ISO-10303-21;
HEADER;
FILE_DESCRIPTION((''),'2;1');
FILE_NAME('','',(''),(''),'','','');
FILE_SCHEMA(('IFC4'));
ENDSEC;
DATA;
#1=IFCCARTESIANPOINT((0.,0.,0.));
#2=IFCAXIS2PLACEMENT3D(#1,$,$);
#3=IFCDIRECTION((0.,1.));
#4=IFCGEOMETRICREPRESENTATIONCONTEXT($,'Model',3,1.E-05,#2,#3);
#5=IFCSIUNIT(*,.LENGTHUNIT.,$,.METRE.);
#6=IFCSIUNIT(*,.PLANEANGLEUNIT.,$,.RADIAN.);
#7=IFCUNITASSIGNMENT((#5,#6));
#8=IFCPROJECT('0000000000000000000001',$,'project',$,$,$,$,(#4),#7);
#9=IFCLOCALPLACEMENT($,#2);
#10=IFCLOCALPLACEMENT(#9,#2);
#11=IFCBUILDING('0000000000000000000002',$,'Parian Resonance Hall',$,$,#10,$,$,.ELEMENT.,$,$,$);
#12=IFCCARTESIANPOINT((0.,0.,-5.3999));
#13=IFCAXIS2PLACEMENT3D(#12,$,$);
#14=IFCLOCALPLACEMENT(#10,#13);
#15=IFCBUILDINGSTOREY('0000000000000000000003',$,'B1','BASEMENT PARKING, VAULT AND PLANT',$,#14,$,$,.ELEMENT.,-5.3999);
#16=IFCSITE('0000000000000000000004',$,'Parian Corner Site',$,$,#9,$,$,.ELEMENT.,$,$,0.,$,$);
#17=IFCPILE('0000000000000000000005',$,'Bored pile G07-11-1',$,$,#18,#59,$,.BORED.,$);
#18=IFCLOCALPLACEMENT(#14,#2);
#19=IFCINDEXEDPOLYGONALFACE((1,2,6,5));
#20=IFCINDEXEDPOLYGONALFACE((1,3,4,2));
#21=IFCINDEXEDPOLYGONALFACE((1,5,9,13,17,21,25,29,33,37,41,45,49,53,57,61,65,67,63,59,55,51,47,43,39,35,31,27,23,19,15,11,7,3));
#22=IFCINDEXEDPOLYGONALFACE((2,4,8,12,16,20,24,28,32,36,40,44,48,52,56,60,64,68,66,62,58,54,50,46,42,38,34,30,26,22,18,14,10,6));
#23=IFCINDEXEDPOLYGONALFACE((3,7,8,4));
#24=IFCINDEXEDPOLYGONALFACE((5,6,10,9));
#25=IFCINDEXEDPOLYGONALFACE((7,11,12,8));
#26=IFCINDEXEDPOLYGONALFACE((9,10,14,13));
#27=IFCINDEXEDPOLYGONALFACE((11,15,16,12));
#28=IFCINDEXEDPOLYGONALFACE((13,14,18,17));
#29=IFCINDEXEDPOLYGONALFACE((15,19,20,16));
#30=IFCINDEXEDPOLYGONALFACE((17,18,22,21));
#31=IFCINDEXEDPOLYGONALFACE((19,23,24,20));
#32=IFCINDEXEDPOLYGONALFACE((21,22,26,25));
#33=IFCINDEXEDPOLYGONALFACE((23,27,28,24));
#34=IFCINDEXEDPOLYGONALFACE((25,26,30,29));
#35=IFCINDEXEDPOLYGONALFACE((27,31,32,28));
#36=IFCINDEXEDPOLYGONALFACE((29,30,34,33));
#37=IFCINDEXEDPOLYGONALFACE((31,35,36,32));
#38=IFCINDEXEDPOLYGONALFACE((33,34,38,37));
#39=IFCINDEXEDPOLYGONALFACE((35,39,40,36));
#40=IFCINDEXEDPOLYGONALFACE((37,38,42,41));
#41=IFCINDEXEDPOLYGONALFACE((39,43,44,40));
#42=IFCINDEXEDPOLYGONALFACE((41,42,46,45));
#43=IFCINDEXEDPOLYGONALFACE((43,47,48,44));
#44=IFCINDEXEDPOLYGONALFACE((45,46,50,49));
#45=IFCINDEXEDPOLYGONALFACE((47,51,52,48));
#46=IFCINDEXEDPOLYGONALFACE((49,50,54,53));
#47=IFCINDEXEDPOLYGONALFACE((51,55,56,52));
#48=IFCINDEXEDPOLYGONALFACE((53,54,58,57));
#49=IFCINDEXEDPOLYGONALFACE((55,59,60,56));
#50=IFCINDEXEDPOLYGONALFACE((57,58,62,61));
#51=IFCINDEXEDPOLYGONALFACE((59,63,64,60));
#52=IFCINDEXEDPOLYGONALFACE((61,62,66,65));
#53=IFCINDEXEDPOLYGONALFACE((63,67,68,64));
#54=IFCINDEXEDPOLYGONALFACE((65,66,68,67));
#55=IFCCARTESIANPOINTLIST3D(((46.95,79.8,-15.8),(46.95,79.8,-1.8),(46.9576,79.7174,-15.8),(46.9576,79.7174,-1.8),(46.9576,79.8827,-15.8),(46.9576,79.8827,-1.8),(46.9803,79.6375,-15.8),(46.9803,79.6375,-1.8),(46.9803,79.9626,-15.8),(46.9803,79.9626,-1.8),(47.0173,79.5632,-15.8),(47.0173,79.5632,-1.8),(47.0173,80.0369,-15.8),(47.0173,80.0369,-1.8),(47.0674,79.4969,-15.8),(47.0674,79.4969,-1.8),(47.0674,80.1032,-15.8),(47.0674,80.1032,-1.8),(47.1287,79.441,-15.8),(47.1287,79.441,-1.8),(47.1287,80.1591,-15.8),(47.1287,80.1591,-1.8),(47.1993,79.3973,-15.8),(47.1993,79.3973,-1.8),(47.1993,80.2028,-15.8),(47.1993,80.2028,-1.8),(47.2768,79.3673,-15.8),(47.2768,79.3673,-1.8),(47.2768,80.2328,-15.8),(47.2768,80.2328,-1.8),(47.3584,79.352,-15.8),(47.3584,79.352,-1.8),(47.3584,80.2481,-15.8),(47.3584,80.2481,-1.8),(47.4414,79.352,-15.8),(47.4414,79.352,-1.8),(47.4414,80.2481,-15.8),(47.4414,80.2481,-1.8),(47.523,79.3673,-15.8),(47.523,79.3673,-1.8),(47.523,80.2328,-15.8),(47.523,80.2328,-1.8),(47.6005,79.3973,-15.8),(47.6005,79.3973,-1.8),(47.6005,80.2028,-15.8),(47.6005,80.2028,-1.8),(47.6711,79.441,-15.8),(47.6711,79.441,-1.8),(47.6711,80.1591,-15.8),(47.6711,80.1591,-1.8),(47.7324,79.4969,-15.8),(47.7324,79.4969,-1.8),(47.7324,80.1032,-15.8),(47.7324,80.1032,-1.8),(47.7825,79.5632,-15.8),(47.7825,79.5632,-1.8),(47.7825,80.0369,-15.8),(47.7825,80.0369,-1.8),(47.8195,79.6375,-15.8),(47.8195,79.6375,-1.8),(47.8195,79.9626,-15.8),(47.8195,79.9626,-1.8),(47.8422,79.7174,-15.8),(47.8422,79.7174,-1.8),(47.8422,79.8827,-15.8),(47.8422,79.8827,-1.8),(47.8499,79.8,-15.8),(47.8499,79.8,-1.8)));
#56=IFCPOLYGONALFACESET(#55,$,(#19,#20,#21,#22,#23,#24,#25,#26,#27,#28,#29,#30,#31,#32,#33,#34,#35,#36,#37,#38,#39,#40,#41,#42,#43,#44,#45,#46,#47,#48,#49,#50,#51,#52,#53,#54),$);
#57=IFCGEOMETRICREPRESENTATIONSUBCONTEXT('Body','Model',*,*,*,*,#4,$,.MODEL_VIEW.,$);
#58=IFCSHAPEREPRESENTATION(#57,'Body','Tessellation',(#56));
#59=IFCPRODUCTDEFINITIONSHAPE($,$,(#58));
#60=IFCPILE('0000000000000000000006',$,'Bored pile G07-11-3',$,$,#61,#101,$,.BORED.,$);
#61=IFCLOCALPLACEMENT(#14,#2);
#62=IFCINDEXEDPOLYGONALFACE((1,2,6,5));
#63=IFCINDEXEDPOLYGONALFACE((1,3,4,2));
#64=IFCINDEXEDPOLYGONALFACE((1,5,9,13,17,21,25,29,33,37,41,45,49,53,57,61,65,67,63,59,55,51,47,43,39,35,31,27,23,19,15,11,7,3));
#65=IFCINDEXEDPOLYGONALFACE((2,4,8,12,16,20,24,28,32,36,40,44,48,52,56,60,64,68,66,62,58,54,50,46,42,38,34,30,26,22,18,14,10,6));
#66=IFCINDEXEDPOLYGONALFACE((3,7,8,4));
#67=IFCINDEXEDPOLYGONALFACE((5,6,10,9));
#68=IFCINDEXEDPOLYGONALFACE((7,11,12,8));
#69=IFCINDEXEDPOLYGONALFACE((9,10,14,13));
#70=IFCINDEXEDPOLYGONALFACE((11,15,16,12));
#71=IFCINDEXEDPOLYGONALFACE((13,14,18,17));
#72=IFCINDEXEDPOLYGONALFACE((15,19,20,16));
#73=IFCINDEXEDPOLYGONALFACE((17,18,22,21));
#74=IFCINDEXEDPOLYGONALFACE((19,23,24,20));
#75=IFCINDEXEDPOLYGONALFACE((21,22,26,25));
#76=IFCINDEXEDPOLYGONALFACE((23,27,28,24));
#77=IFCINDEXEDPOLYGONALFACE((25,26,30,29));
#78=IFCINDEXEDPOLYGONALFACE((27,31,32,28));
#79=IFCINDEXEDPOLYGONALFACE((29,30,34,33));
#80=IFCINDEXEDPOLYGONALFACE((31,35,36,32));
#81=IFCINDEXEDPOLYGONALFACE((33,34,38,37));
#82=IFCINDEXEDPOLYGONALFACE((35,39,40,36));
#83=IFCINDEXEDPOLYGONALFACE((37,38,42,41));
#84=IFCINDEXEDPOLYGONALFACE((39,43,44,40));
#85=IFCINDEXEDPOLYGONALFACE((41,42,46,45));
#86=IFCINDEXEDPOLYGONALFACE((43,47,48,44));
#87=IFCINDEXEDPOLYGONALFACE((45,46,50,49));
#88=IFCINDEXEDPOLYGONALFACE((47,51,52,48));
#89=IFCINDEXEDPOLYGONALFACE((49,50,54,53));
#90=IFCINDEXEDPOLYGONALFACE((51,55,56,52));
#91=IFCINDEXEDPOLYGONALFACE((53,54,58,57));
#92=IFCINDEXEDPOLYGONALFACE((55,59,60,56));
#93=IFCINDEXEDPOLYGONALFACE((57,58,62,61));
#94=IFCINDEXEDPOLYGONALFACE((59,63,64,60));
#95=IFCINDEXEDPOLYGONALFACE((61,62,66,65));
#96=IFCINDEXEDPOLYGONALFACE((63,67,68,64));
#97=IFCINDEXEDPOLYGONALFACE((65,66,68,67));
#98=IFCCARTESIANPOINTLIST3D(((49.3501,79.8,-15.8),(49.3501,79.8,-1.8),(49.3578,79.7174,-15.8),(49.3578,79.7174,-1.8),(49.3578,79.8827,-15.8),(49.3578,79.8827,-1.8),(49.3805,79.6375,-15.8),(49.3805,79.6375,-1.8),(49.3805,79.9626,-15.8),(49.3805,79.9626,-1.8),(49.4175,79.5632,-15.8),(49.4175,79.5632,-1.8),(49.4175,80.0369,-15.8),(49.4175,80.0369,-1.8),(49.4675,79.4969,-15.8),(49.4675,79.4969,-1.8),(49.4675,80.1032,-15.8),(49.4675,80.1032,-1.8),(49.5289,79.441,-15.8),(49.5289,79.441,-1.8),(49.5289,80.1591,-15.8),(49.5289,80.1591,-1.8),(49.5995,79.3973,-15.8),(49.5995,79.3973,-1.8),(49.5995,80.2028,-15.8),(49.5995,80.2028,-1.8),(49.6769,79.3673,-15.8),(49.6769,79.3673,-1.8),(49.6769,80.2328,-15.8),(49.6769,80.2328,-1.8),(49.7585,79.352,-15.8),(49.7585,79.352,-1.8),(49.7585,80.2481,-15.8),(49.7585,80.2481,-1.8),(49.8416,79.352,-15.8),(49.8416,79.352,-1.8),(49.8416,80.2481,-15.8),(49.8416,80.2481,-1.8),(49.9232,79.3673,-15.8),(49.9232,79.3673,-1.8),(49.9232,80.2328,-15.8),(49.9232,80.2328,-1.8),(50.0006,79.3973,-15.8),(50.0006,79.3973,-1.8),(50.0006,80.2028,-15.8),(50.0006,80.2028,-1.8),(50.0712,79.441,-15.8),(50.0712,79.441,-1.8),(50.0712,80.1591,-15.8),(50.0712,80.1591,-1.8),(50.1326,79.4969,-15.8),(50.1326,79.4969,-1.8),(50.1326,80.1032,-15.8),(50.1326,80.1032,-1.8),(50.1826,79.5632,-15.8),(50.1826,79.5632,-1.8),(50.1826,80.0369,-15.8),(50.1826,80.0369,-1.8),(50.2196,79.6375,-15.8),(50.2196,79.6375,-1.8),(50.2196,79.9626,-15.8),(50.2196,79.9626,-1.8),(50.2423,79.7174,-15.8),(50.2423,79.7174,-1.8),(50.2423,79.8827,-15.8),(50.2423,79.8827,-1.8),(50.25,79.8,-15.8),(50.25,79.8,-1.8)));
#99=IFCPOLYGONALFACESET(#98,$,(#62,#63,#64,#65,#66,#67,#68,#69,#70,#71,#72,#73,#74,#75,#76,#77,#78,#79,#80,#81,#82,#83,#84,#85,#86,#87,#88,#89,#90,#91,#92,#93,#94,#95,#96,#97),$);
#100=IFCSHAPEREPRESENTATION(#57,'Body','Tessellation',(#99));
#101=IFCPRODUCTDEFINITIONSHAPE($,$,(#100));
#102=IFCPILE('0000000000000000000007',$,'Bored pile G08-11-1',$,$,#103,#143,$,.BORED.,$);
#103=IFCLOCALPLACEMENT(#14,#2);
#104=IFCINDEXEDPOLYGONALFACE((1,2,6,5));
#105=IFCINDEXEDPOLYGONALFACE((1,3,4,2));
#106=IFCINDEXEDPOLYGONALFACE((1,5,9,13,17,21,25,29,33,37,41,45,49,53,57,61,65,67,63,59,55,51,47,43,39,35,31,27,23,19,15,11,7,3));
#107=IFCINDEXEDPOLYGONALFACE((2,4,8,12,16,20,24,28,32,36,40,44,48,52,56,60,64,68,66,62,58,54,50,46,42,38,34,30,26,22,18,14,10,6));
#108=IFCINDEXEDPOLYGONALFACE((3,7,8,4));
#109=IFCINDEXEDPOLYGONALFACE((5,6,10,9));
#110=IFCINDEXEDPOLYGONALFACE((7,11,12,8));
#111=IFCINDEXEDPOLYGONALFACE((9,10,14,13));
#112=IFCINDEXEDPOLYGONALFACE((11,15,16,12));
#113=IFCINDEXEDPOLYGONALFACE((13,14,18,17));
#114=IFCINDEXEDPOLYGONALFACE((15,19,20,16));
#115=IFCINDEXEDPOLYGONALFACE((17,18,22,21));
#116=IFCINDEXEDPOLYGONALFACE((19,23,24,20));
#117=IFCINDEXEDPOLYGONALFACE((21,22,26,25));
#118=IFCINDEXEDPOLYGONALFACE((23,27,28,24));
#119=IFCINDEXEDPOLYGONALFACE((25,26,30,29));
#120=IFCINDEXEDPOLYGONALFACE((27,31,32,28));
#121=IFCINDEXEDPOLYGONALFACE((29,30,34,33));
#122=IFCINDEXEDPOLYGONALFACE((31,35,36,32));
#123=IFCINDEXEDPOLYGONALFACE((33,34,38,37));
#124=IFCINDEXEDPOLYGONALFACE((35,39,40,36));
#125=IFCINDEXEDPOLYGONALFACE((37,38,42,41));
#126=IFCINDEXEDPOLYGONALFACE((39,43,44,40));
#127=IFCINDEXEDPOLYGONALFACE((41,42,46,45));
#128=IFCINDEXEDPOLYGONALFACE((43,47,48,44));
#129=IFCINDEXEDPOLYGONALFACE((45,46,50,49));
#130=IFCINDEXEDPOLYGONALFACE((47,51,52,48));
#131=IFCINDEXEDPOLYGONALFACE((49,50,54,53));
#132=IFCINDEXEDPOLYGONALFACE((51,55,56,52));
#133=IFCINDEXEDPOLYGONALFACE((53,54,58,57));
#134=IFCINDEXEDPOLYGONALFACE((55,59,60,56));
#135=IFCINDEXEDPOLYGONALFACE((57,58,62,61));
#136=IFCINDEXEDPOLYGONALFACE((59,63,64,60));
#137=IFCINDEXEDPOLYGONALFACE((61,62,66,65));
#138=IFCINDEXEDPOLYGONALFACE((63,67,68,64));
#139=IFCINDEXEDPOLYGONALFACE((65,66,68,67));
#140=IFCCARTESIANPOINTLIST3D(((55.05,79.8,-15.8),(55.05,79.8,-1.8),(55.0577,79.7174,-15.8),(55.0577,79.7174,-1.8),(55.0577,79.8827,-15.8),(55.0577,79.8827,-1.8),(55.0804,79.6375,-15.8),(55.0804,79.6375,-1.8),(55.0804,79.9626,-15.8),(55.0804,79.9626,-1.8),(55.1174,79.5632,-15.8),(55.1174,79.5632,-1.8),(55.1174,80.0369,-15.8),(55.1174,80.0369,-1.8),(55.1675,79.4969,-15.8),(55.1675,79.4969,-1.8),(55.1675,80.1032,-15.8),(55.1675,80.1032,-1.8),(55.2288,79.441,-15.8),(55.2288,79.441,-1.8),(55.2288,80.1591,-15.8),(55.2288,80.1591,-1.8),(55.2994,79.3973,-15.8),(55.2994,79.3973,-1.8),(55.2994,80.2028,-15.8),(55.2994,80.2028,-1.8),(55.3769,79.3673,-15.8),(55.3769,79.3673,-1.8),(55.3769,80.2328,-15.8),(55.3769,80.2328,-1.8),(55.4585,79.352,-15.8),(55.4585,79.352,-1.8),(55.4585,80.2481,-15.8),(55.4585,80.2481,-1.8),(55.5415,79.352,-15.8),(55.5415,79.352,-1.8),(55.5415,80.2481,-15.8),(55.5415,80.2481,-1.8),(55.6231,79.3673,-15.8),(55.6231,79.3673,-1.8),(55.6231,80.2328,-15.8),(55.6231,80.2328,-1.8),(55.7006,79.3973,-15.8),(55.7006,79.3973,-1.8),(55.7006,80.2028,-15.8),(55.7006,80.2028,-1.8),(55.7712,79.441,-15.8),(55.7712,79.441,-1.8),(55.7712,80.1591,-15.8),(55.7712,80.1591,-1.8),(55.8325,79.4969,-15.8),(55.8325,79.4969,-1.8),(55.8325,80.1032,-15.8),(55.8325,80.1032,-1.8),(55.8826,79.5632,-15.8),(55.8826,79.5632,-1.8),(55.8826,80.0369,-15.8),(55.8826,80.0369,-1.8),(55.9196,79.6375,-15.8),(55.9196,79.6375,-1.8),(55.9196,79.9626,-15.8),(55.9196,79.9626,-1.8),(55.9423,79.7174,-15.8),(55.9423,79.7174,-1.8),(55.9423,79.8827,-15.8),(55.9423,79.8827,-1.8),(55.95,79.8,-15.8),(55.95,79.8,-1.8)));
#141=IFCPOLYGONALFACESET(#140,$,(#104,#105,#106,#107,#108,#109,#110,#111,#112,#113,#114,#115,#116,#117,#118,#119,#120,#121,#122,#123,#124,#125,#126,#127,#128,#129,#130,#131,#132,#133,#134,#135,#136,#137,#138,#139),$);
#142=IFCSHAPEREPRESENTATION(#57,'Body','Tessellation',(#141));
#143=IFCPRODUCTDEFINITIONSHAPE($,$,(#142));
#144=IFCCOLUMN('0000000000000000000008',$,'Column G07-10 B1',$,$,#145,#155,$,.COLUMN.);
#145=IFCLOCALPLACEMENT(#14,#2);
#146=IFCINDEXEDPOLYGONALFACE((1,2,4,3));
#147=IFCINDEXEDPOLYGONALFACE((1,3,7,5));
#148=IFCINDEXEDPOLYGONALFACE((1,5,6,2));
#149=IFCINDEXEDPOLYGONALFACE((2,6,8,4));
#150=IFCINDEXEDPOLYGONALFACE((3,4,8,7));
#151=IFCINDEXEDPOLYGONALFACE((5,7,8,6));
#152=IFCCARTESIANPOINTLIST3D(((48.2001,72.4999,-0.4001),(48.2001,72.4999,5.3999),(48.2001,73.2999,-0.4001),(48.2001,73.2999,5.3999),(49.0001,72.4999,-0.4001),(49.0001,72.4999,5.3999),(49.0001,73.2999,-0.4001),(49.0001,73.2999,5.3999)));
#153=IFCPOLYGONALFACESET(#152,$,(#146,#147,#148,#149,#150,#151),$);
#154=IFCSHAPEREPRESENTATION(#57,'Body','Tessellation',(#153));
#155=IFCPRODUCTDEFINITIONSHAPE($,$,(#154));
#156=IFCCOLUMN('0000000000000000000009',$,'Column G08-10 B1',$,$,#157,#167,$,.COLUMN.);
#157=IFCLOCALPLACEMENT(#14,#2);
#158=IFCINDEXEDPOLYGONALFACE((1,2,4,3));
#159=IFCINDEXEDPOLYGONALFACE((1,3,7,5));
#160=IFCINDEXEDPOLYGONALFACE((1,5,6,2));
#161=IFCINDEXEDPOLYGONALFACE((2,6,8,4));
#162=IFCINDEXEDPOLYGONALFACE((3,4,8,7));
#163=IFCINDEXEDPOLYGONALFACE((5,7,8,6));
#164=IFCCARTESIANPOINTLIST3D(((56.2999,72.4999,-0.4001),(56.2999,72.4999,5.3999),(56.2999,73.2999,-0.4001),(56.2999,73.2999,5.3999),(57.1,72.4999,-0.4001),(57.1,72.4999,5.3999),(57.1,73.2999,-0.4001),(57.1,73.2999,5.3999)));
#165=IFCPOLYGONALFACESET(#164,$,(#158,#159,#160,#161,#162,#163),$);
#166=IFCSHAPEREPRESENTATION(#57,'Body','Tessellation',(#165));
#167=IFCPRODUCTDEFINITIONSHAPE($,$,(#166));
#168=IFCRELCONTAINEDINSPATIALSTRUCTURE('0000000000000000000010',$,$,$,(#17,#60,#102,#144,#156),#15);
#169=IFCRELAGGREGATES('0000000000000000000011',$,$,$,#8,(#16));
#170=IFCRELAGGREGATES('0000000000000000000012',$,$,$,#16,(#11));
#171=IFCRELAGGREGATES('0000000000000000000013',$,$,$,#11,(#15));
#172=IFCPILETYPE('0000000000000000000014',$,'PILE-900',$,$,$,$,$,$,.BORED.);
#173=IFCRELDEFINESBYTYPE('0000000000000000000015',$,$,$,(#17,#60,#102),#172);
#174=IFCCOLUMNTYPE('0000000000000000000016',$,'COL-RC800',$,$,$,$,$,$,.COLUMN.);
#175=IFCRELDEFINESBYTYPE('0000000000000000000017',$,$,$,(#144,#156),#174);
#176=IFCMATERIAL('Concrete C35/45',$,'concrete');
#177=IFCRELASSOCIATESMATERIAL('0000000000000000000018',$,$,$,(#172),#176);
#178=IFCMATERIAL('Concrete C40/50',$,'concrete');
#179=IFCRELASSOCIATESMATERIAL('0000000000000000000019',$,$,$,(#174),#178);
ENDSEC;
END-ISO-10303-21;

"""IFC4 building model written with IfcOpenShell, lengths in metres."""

from ifc_helpers import new_model, si_unit, direction, frame, origin, origin_2d, place, context, subcontext, project, spatial, rectangle, circle, extrude, material, material_profile, profile_set, type_object, element, save


model = new_model("IFC4")

# Units and contexts
model_context = context("Model", 3, precision=1e-05, world=origin(), true_north=direction((0.0, 1.0)))
body_context = subcontext(model_context, "Body", "Model", "MODEL_VIEW")
ifc_project = project(units=[si_unit("LENGTHUNIT", "METRE"), si_unit("PLANEANGLEUNIT", "RADIAN")], contexts=[model_context])

# Site, building, storey
site_placement = place(None, origin())
site = spatial("IfcSite", under=ifc_project, at=site_placement, Name="Parian Corner Site", CompositionType="ELEMENT", RefElevation=0.0)
building_placement = place(site_placement, origin())
building = spatial("IfcBuilding", under=site, at=building_placement, Name="Parian Resonance Hall", CompositionType="ELEMENT")
storey_placement = place(building_placement, frame((0.0, 0.0, -5.3999)))
storey = spatial("IfcBuildingStorey", under=building, at=storey_placement, Name="B1", Description="BASEMENT PARKING, VAULT AND PLANT", CompositionType="ELEMENT", Elevation=-5.3999)

# Piles
ifc_material_1 = material(Name="Concrete C35/45", Category="concrete")
ifc_material_profile_1 = material_profile(ifc_material_1, circle(Radius=0.45, at=origin_2d()), Name="PILE-D900")
ifc_profile_set_1 = profile_set([ifc_material_profile_1], Name="Concrete C35/45")
pile_type_1 = type_object("IfcPileType", Name="PILE-900", PredefinedType="BORED", material=ifc_profile_set_1)
for number, where, z_axis, x_axis, name in (
    (1, (47.3999, 79.8, -1.8), (0.0, 0.0, -1.0), (1.0, 0.0, 0.0), "Bored pile G07-11-1"),
    (2, (49.8, 79.8, -1.8), (0.0, 0.0, -1.0), (1.0, 0.0, 0.0), "Bored pile G07-11-3"),
    (3, (55.5, 79.8, -1.8), (0.0, 0.0, -1.0), (1.0, 0.0, 0.0), "Bored pile G08-11-1"),
):
    element("IfcPile", number, at=place(storey_placement, frame(where, z_axis=z_axis, x_axis=x_axis)), inside=storey, type_object=pile_type_1, Name=name, PredefinedType="BORED", context=body_context, shape_type="SweptSolid", body=[
        extrude(circle(Radius=0.45, at=origin_2d()), origin(), (0.0, 0.0, 1.0), 14.0),
    ])

# Columns
ifc_material_2 = material(Name="Concrete C40/50", Category="concrete")
ifc_material_profile_2 = material_profile(ifc_material_2, rectangle(XDim=0.8, YDim=0.8, at=origin_2d()), Name="RC-COL-800x800")
ifc_profile_set_2 = profile_set([ifc_material_profile_2], Name="Concrete C40/50")
column_type = type_object("IfcColumnType", Name="COL-RC800", PredefinedType="COLUMN", material=ifc_profile_set_2)
for number, where, z_axis, x_axis, name in (
    (4, (48.6001, 72.8999, -0.4001), (0.0, 0.0, 1.0), (1.0, 0.0, 0.0), "Column G07-10 B1"),
    (5, (56.7, 72.8999, -0.4001), (0.0, 0.0, 1.0), (1.0, 0.0, 0.0), "Column G08-10 B1"),
):
    element("IfcColumn", number, at=place(storey_placement, frame(where, z_axis=z_axis, x_axis=x_axis)), inside=storey, type_object=column_type, Name=name, PredefinedType="COLUMN", context=body_context, shape_type="SweptSolid", body=[
        extrude(rectangle(XDim=0.8, YDim=0.8, at=origin_2d()), origin(), (0.0, 0.0, 1.0), 5.8),
    ])

save(model, "model.ifc")
